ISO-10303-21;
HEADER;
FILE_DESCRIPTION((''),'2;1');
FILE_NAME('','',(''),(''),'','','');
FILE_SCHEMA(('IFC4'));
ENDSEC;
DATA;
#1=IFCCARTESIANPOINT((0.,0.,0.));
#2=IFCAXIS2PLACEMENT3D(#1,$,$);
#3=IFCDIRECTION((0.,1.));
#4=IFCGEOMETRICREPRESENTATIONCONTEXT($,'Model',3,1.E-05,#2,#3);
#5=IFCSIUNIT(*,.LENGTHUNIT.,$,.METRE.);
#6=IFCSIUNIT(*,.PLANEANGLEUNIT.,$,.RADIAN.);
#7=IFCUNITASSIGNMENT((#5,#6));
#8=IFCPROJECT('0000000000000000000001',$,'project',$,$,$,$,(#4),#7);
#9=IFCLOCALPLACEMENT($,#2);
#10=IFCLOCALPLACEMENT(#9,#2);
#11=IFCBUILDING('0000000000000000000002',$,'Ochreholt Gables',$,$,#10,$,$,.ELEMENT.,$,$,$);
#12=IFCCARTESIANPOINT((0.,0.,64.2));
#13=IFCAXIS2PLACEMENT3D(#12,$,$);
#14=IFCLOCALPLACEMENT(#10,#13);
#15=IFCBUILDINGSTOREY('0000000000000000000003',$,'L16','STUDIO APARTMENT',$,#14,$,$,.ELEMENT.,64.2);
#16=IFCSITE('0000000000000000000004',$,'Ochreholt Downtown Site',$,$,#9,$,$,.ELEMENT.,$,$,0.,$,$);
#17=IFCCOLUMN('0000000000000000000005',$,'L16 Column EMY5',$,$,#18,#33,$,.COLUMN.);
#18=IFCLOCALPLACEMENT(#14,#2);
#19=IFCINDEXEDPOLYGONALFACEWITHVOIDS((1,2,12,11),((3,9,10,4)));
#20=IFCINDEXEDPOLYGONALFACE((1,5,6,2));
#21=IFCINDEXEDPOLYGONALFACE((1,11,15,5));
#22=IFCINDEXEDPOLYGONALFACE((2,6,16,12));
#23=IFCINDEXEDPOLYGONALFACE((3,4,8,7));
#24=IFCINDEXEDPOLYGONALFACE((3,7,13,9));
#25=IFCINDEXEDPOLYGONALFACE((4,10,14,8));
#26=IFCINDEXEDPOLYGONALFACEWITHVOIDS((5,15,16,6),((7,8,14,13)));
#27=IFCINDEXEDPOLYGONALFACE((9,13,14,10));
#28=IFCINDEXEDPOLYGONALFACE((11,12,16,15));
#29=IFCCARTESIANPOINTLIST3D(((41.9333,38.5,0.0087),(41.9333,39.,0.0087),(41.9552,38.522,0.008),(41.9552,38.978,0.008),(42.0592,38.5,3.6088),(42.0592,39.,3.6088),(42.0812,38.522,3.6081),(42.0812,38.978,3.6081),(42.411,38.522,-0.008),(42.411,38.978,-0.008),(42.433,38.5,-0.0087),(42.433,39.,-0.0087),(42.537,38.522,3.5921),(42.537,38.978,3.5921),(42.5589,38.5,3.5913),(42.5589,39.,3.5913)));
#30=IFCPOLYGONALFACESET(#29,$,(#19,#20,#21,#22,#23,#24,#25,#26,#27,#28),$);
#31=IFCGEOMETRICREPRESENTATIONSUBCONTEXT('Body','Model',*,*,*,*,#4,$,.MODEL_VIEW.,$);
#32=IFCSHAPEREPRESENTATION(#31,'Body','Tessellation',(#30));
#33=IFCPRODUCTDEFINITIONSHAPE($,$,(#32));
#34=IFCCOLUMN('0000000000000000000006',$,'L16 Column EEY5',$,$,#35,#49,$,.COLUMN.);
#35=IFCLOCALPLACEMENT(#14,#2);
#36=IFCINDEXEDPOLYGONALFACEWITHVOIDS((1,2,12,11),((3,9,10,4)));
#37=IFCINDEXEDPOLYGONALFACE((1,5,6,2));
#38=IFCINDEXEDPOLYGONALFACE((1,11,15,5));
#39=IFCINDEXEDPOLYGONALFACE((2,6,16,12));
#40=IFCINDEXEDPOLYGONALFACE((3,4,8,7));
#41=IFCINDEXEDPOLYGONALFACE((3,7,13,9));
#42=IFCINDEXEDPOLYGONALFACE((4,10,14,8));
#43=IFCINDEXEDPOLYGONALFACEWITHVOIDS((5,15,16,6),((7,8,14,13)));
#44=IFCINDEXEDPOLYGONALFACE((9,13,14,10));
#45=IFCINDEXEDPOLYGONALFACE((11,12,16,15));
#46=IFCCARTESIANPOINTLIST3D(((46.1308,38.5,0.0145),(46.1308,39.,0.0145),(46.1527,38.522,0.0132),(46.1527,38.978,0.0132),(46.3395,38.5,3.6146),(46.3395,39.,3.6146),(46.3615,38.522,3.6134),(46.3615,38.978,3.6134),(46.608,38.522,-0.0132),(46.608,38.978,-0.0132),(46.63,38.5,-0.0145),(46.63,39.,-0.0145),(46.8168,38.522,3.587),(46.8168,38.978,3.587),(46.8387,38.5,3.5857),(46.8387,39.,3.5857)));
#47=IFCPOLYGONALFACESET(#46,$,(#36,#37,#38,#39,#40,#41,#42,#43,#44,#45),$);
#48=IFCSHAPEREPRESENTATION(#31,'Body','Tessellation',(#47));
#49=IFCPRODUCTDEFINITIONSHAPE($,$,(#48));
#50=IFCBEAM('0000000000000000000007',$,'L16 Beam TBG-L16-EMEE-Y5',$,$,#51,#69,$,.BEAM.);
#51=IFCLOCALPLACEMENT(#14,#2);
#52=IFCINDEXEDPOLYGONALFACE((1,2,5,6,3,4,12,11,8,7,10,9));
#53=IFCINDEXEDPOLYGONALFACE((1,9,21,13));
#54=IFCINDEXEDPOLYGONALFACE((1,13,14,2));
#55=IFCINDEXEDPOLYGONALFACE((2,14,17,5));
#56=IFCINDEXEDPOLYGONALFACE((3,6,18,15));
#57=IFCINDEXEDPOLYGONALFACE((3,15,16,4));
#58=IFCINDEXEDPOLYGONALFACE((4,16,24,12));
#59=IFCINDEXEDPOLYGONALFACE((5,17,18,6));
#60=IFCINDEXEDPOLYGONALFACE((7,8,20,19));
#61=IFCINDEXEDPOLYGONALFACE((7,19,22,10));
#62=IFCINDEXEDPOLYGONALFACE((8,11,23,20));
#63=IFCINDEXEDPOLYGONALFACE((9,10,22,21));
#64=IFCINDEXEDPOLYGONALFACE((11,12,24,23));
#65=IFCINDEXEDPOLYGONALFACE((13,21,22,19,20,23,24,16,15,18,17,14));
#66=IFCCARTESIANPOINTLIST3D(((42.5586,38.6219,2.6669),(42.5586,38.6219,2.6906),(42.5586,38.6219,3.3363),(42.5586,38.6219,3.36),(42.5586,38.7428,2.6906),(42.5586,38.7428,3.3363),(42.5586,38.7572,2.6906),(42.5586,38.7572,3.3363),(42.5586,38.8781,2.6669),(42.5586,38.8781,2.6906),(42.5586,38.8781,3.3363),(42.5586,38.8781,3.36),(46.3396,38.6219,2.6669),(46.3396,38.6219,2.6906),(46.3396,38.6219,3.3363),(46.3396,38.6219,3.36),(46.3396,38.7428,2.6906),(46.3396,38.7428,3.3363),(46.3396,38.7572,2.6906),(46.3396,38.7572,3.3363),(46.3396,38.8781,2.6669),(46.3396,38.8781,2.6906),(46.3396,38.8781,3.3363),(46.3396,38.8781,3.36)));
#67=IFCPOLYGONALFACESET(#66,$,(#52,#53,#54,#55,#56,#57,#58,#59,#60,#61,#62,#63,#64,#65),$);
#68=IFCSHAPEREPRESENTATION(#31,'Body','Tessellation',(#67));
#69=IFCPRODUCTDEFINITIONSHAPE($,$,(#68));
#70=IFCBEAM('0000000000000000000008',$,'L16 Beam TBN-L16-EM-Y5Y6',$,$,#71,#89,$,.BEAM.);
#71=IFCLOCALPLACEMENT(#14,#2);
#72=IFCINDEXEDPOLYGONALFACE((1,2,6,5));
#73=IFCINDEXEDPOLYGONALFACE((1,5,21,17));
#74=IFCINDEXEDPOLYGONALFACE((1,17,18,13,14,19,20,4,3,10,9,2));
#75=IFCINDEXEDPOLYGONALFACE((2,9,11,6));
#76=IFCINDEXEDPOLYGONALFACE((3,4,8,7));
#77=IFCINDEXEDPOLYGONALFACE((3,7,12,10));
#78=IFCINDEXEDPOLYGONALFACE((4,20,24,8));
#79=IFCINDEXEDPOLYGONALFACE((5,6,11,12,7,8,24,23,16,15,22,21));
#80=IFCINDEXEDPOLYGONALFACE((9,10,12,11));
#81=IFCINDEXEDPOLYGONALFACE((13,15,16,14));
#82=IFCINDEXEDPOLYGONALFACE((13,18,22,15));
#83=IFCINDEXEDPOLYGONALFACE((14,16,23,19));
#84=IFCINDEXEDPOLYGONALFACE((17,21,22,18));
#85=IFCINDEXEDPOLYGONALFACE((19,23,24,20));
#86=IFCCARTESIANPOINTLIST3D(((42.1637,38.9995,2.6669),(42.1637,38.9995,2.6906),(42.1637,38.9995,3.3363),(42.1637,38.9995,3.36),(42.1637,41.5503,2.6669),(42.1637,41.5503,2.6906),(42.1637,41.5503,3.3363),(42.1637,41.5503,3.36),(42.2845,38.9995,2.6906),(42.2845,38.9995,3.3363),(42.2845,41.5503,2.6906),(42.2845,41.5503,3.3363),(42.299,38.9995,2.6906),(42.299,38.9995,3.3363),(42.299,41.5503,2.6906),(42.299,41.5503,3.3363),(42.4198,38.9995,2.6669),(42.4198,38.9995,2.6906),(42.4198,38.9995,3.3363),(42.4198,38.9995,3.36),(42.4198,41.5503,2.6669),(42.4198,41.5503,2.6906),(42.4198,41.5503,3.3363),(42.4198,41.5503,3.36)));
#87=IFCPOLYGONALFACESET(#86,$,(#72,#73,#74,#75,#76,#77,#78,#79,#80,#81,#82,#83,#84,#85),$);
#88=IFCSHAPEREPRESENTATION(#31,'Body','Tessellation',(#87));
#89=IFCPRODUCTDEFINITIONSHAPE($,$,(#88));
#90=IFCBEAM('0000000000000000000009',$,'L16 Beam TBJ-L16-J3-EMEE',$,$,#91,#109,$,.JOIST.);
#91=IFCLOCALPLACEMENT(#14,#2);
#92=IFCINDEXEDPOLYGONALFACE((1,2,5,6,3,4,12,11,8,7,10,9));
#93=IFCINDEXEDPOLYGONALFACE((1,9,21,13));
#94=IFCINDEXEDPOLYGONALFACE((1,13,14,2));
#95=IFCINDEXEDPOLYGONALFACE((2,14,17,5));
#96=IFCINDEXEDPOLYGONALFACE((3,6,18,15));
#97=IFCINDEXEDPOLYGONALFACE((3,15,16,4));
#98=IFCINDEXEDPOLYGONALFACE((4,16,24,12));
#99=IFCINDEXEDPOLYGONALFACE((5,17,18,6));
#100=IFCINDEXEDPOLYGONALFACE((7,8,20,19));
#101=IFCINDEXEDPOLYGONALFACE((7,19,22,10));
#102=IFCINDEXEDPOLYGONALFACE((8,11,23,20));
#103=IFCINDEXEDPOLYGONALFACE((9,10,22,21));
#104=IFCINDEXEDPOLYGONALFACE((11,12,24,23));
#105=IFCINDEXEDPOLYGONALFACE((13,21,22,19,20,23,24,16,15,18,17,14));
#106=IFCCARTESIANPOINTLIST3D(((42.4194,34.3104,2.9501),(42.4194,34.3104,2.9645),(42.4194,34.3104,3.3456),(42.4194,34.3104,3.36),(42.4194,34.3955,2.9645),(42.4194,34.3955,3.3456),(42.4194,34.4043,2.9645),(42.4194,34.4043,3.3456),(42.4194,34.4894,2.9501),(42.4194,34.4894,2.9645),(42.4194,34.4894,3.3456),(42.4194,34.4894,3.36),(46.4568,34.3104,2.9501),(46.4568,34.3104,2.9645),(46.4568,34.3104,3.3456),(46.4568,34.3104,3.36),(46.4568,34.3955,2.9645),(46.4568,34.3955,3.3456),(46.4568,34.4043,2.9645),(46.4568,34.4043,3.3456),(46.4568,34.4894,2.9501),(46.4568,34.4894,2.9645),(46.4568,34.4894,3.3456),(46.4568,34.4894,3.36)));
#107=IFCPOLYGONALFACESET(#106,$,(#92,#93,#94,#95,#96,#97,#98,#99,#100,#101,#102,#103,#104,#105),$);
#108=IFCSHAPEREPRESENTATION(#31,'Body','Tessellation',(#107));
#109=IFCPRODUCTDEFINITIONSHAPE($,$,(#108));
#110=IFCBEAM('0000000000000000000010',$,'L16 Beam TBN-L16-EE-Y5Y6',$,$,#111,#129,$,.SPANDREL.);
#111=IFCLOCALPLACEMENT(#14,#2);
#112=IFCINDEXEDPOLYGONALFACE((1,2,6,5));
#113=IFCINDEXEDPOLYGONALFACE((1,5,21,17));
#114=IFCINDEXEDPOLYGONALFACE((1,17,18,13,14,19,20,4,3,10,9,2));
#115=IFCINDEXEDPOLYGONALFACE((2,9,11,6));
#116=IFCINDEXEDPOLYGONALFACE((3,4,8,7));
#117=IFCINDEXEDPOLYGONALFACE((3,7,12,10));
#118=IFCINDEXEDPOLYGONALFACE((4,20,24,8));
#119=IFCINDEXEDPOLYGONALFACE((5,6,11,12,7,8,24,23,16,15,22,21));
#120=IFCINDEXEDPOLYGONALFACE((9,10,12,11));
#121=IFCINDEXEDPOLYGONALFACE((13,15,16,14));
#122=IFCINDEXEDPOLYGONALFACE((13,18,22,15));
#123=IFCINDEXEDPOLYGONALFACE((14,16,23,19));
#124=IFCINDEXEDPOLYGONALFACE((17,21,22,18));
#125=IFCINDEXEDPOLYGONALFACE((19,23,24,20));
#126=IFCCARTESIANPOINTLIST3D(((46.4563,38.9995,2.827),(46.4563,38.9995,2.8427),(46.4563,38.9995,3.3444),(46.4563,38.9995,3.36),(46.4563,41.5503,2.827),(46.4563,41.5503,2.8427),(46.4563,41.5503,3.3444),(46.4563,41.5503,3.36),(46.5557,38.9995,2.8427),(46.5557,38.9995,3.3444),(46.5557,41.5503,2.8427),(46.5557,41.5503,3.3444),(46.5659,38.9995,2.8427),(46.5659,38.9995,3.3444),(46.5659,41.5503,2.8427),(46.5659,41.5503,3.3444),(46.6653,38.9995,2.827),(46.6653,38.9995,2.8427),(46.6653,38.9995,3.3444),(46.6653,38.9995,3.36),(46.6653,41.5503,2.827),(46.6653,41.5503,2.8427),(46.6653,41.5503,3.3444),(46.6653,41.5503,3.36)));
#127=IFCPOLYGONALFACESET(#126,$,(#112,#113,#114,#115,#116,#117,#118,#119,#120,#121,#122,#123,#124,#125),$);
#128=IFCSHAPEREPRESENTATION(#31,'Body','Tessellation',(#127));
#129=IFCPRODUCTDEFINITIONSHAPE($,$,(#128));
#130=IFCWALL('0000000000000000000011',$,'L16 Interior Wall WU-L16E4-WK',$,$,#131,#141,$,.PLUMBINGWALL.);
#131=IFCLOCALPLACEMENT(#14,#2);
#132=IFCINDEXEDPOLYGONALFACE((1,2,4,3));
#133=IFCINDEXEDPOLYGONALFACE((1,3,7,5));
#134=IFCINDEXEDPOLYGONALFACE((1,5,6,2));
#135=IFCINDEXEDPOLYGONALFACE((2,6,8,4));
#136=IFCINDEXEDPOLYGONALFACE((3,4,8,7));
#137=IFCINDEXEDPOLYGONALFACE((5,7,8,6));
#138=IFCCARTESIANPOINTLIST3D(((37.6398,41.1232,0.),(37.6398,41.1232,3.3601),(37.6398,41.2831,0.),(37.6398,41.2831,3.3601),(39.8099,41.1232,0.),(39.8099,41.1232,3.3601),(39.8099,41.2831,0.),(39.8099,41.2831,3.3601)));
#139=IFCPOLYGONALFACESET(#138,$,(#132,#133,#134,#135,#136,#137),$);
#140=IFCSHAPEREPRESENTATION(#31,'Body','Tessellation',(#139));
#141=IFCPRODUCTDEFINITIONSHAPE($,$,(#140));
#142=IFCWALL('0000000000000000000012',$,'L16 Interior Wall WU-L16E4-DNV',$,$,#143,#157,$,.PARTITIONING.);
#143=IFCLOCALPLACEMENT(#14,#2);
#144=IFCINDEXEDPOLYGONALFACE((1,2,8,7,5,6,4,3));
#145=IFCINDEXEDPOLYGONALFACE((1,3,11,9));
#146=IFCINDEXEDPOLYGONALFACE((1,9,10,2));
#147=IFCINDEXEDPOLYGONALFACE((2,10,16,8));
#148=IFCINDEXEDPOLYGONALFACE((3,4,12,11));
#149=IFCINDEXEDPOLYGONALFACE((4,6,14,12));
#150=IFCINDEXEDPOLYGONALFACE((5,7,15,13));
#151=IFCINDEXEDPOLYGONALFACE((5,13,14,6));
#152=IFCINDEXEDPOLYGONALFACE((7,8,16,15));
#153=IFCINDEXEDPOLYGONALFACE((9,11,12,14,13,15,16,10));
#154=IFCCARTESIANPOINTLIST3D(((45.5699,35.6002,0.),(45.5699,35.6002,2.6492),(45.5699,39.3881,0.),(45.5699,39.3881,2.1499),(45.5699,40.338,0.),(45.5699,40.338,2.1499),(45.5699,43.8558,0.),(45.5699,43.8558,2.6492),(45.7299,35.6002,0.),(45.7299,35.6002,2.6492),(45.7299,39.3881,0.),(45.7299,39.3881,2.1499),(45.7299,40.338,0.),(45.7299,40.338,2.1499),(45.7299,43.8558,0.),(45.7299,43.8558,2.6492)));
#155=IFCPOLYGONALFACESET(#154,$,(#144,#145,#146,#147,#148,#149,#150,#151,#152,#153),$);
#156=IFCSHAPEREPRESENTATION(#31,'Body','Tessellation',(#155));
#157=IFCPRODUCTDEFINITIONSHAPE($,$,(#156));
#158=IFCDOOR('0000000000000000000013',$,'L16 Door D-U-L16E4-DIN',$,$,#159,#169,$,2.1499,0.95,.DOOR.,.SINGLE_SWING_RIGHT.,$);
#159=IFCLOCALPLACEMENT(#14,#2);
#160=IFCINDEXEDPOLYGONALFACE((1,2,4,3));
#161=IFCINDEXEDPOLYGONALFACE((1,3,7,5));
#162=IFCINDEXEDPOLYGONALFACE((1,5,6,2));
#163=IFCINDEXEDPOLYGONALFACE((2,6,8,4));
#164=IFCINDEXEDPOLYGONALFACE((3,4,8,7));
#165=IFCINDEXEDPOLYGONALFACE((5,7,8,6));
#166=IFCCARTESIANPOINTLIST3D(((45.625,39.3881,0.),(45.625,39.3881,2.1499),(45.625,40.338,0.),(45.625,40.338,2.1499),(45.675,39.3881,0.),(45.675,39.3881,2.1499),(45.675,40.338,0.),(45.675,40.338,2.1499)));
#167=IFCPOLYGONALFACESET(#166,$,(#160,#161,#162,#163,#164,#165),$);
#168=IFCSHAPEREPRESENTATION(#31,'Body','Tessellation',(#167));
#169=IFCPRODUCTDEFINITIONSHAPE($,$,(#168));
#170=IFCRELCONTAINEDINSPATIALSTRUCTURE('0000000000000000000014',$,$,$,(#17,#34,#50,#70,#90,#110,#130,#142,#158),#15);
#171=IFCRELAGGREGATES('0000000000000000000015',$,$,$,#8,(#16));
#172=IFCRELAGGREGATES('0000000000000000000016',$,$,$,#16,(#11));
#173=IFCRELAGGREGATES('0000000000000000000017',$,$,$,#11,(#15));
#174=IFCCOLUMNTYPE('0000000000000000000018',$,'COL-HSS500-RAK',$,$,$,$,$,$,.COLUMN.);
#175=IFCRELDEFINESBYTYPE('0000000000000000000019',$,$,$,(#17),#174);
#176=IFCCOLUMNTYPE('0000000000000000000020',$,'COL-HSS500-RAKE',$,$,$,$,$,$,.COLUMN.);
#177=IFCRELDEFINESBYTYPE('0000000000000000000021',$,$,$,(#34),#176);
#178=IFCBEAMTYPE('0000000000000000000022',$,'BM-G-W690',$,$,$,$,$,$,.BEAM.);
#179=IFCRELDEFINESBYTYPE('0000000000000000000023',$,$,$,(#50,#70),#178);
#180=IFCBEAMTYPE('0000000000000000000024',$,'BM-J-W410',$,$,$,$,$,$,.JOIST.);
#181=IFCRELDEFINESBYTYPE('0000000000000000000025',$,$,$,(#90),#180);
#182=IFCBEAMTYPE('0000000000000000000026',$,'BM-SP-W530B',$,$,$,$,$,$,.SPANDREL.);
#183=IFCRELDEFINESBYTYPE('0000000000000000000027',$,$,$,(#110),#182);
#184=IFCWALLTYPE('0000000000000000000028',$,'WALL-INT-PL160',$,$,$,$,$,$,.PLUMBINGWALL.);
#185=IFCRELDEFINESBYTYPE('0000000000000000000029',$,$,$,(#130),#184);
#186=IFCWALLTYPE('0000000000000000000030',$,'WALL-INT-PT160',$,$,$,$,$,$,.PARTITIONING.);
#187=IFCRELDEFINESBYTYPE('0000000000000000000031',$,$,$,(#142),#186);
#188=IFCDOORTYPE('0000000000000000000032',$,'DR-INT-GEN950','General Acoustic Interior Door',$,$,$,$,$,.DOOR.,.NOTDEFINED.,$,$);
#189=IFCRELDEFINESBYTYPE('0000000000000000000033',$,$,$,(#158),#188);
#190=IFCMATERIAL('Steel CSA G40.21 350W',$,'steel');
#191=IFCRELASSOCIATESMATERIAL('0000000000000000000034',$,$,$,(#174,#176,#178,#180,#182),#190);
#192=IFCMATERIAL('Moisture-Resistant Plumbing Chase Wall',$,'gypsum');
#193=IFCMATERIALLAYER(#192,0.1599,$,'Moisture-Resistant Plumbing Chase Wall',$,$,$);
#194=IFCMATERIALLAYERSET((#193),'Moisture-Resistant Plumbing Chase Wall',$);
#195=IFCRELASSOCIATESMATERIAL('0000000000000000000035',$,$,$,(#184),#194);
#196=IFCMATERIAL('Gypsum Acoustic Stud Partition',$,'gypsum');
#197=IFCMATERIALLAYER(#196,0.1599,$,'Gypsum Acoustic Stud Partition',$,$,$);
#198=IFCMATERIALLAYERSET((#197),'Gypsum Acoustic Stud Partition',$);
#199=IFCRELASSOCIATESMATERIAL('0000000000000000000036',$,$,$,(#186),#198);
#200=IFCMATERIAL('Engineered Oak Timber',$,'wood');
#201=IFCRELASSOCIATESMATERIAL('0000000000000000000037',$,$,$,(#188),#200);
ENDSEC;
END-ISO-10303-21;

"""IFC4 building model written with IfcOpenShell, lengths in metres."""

from ifc_helpers import new_model, si_unit, direction, frame, frame_2d, origin, origin_2d, place, context, subcontext, project, spatial, rectangle, hollow_rectangle, i_section, extrude, material, layer, layer_set, material_profile, profile_set, type_object, element, fill, save


model = new_model("IFC4")

# Units and contexts
model_context = context("Model", 3, precision=1e-05, world=origin(), true_north=direction((0.0, 1.0)))
body_context = subcontext(model_context, "Body", "Model", "MODEL_VIEW")
ifc_project = project(units=[si_unit("LENGTHUNIT", "METRE"), si_unit("PLANEANGLEUNIT", "RADIAN")], contexts=[model_context])

# Site, building, storey
site_placement = place(None, origin())
site = spatial("IfcSite", under=ifc_project, at=site_placement, Name="Ochreholt Downtown Site", CompositionType="ELEMENT", RefElevation=0.0)
building_placement = place(site_placement, origin())
building = spatial("IfcBuilding", under=site, at=building_placement, Name="Ochreholt Gables", CompositionType="ELEMENT")
storey_placement = place(building_placement, frame((0.0, 0.0, 64.2)))
storey = spatial("IfcBuildingStorey", under=building, at=storey_placement, Name="L16", Description="STUDIO APARTMENT", CompositionType="ELEMENT", Elevation=64.2)

# Columns
ifc_material_1 = material(Name="Steel CSA G40.21 350W", Category="steel")
ifc_material_profile_1 = material_profile(ifc_material_1, hollow_rectangle(XDim=0.5, YDim=0.5, WallThickness=0.022, at=origin_2d()), Name="HSS500X500X22")
ifc_profile_set_1 = profile_set([ifc_material_profile_1], Name="Steel CSA G40.21 350W")
column_type_1 = type_object("IfcColumnType", Name="COL-HSS500-RAK", PredefinedType="COLUMN", material=ifc_profile_set_1)
column_1_placement = place(storey_placement, frame((42.1831, 38.75, 0.0), z_axis=(0.034971, 0.0, 0.999388), x_axis=(0.0, 1.0, 0.0)))
element("IfcColumn", 1, at=column_1_placement, inside=storey, type_object=column_type_1, Name="L16 Column EMY5", PredefinedType="COLUMN", context=body_context, shape_type="SweptSolid", body=[
    extrude(hollow_rectangle(XDim=0.5, YDim=0.5, WallThickness=0.022, at=origin_2d()), origin(), (0.0, 0.0, 1.0), 3.6023),
])
ifc_material_profile_2 = material_profile(ifc_material_1, hollow_rectangle(XDim=0.5, YDim=0.5, WallThickness=0.022, at=origin_2d()), Name="HSS500X500X22")
ifc_profile_set_2 = profile_set([ifc_material_profile_2], Name="Steel CSA G40.21 350W")
column_type_2 = type_object("IfcColumnType", Name="COL-HSS500-RAKE", PredefinedType="COLUMN", material=ifc_profile_set_2)
column_2_placement = place(storey_placement, frame((46.3804, 38.75, 0.0), z_axis=(0.057885, 0.0, 0.998323), x_axis=(0.0, 1.0, 0.0)))
element("IfcColumn", 2, at=column_2_placement, inside=storey, type_object=column_type_2, Name="L16 Column EEY5", PredefinedType="COLUMN", context=body_context, shape_type="SweptSolid", body=[
    extrude(hollow_rectangle(XDim=0.5, YDim=0.5, WallThickness=0.022, at=origin_2d()), origin(), (0.0, 0.0, 1.0), 3.6062),
])

# Beams
ifc_material_profile_3 = material_profile(ifc_material_1, i_section(OverallWidth=0.2561, OverallDepth=0.6931, WebThickness=0.0144, FlangeThickness=0.0237, at=origin_2d()), Name="W690X170")
ifc_profile_set_3 = profile_set([ifc_material_profile_3], Name="Steel CSA G40.21 350W")
beam_type_1 = type_object("IfcBeamType", Name="BM-G-W690", PredefinedType="BEAM", material=ifc_profile_set_3)
beam_1_placement = place(storey_placement, frame((42.5586, 38.75, 3.0134), z_axis=(1.0, 0.0, 0.0), x_axis=(0.0, 1.0, 0.0)))
element("IfcBeam", 3, at=beam_1_placement, inside=storey, type_object=beam_type_1, Name="L16 Beam TBG-L16-EMEE-Y5", PredefinedType="BEAM", context=body_context, shape_type="SweptSolid", body=[
    extrude(i_section(OverallWidth=0.2561, OverallDepth=0.6931, WebThickness=0.0144, FlangeThickness=0.0237, at=origin_2d()), origin(), (0.0, 0.0, 1.0), 3.781),
])
beam_2_placement = place(storey_placement, frame((42.2917, 38.9995, 3.0134), z_axis=(0.0, 1.0, 0.0), x_axis=(-1.0, 0.0, 0.0)))
element("IfcBeam", 4, at=beam_2_placement, inside=storey, type_object=beam_type_1, Name="L16 Beam TBN-L16-EM-Y5Y6", PredefinedType="BEAM", context=body_context, shape_type="SweptSolid", body=[
    extrude(i_section(OverallWidth=0.2561, OverallDepth=0.6931, WebThickness=0.0144, FlangeThickness=0.0237, at=origin_2d()), origin(), (0.0, 0.0, 1.0), 2.5508),
])
ifc_material_profile_4 = material_profile(ifc_material_1, i_section(OverallWidth=0.179, OverallDepth=0.4099, WebThickness=0.0088, FlangeThickness=0.0144, at=origin_2d()), Name="W410X67")
ifc_profile_set_4 = profile_set([ifc_material_profile_4], Name="Steel CSA G40.21 350W")
beam_type_2 = type_object("IfcBeamType", Name="BM-J-W410", PredefinedType="JOIST", material=ifc_profile_set_4)
beam_3_placement = place(storey_placement, frame((42.4194, 34.3999, 3.155), z_axis=(1.0, 0.0, 0.0), x_axis=(0.0, 1.0, 0.0)))
element("IfcBeam", 5, at=beam_3_placement, inside=storey, type_object=beam_type_2, Name="L16 Beam TBJ-L16-J3-EMEE", PredefinedType="JOIST", context=body_context, shape_type="SweptSolid", body=[
    extrude(i_section(OverallWidth=0.179, OverallDepth=0.4099, WebThickness=0.0088, FlangeThickness=0.0144, at=origin_2d()), origin(), (0.0, 0.0, 1.0), 4.0374),
])
ifc_material_profile_5 = material_profile(ifc_material_1, i_section(OverallWidth=0.209, OverallDepth=0.533, WebThickness=0.0103, FlangeThickness=0.0156, at=origin_2d()), Name="W530X92")
ifc_profile_set_5 = profile_set([ifc_material_profile_5], Name="Steel CSA G40.21 350W")
beam_type_3 = type_object("IfcBeamType", Name="BM-SP-W530B", PredefinedType="SPANDREL", material=ifc_profile_set_5)
beam_4_placement = place(storey_placement, frame((46.5608, 38.9995, 3.0935), z_axis=(0.0, 1.0, 0.0), x_axis=(-1.0, 0.0, 0.0)))
element("IfcBeam", 6, at=beam_4_placement, inside=storey, type_object=beam_type_3, Name="L16 Beam TBN-L16-EE-Y5Y6", PredefinedType="SPANDREL", context=body_context, shape_type="SweptSolid", body=[
    extrude(i_section(OverallWidth=0.209, OverallDepth=0.533, WebThickness=0.0103, FlangeThickness=0.0156, at=origin_2d()), origin(), (0.0, 0.0, 1.0), 2.5508),
])

# Shared definitions
ifc_material_2 = material(Name="Moisture-Resistant Plumbing Chase Wall", Category="gypsum")
ifc_layer_1 = layer(ifc_material_2, 0.1599, Name="Moisture-Resistant Plumbing Chase Wall")
ifc_layer_set_1 = layer_set([ifc_layer_1], Name="Moisture-Resistant Plumbing Chase Wall")
wall_type_1 = type_object("IfcWallType", Name="WALL-INT-PL160", PredefinedType="PLUMBINGWALL", material=ifc_layer_set_1)
ifc_material_3 = material(Name="Engineered Oak Timber", Category="wood")

# Wall
wall_1_placement = place(storey_placement, frame((37.6399, 41.2031, 0.0), z_axis=(0.0, 0.0, 1.0), x_axis=(1.0, 0.0, 0.0)))
element("IfcWall", 7, at=wall_1_placement, inside=storey, type_object=wall_type_1, Name="L16 Interior Wall WU-L16E4-WK", PredefinedType="PLUMBINGWALL", context=body_context, shape_type="SweptSolid", body=[
    extrude(rectangle(XDim=2.1702, YDim=0.1599, at=frame_2d((1.085, 0.0))), origin(), (0.0, 0.0, 1.0), 3.3601),
])

# Wall, opening, door
ifc_material_4 = material(Name="Gypsum Acoustic Stud Partition", Category="gypsum")
ifc_layer_2 = layer(ifc_material_4, 0.1599, Name="Gypsum Acoustic Stud Partition")
ifc_layer_set_2 = layer_set([ifc_layer_2], Name="Gypsum Acoustic Stud Partition")
wall_type_2 = type_object("IfcWallType", Name="WALL-INT-PT160", PredefinedType="PARTITIONING", material=ifc_layer_set_2)
wall_2_placement = place(storey_placement, frame((45.6499, 35.6001, 0.0), z_axis=(0.0, 0.0, 1.0), x_axis=(0.0, 1.0, 0.0)))
wall_2 = element("IfcWall", 8, at=wall_2_placement, inside=storey, type_object=wall_type_2, Name="L16 Interior Wall WU-L16E4-DNV", PredefinedType="PARTITIONING", context=body_context, shape_type="SweptSolid", body=[
    extrude(rectangle(XDim=8.2556, YDim=0.1599, at=frame_2d((4.1279, 0.0))), origin(), (0.0, 0.0, 1.0), 2.6492),
])
opening_1_placement = place(wall_2_placement, frame((3.7878, 0.0, 0.0)))
opening_1 = element("IfcOpeningElement", 9, at=opening_1_placement, cuts=wall_2, PredefinedType="OPENING", context=body_context, shape_type="SweptSolid", body=[
    extrude(rectangle(XDim=0.95, YDim=2.1499, at=frame_2d((0.4751, 1.075))), frame((0.0, 0.0898, 0.0), z_axis=(0.0, -1.0, 0.0), x_axis=(1.0, 0.0, 0.0)), (0.0, 0.0, 1.0), 0.1799),
])
door_type_1 = type_object("IfcDoorType", Name="DR-INT-GEN950", Description="General Acoustic Interior Door", OperationType="NOTDEFINED", PredefinedType="DOOR", material=ifc_material_3)
door_1_placement = place(opening_1_placement, origin())
door_1 = element("IfcDoor", 10, at=door_1_placement, inside=storey, type_object=door_type_1, Name="L16 Door D-U-L16E4-DIN", OperationType="SINGLE_SWING_RIGHT", OverallHeight=2.1499, OverallWidth=0.95, PredefinedType="DOOR", context=body_context, shape_type="SweptSolid", body=[
    extrude(rectangle(XDim=0.95, YDim=2.1499, at=frame_2d((0.4751, 1.075))), frame((0.0, 0.0249, 0.0), z_axis=(0.0, -1.0, 0.0), x_axis=(1.0, 0.0, 0.0)), (0.0, 0.0, 1.0), 0.05),
])
fill(opening_1, door_1)

save(model, "model.ifc")
